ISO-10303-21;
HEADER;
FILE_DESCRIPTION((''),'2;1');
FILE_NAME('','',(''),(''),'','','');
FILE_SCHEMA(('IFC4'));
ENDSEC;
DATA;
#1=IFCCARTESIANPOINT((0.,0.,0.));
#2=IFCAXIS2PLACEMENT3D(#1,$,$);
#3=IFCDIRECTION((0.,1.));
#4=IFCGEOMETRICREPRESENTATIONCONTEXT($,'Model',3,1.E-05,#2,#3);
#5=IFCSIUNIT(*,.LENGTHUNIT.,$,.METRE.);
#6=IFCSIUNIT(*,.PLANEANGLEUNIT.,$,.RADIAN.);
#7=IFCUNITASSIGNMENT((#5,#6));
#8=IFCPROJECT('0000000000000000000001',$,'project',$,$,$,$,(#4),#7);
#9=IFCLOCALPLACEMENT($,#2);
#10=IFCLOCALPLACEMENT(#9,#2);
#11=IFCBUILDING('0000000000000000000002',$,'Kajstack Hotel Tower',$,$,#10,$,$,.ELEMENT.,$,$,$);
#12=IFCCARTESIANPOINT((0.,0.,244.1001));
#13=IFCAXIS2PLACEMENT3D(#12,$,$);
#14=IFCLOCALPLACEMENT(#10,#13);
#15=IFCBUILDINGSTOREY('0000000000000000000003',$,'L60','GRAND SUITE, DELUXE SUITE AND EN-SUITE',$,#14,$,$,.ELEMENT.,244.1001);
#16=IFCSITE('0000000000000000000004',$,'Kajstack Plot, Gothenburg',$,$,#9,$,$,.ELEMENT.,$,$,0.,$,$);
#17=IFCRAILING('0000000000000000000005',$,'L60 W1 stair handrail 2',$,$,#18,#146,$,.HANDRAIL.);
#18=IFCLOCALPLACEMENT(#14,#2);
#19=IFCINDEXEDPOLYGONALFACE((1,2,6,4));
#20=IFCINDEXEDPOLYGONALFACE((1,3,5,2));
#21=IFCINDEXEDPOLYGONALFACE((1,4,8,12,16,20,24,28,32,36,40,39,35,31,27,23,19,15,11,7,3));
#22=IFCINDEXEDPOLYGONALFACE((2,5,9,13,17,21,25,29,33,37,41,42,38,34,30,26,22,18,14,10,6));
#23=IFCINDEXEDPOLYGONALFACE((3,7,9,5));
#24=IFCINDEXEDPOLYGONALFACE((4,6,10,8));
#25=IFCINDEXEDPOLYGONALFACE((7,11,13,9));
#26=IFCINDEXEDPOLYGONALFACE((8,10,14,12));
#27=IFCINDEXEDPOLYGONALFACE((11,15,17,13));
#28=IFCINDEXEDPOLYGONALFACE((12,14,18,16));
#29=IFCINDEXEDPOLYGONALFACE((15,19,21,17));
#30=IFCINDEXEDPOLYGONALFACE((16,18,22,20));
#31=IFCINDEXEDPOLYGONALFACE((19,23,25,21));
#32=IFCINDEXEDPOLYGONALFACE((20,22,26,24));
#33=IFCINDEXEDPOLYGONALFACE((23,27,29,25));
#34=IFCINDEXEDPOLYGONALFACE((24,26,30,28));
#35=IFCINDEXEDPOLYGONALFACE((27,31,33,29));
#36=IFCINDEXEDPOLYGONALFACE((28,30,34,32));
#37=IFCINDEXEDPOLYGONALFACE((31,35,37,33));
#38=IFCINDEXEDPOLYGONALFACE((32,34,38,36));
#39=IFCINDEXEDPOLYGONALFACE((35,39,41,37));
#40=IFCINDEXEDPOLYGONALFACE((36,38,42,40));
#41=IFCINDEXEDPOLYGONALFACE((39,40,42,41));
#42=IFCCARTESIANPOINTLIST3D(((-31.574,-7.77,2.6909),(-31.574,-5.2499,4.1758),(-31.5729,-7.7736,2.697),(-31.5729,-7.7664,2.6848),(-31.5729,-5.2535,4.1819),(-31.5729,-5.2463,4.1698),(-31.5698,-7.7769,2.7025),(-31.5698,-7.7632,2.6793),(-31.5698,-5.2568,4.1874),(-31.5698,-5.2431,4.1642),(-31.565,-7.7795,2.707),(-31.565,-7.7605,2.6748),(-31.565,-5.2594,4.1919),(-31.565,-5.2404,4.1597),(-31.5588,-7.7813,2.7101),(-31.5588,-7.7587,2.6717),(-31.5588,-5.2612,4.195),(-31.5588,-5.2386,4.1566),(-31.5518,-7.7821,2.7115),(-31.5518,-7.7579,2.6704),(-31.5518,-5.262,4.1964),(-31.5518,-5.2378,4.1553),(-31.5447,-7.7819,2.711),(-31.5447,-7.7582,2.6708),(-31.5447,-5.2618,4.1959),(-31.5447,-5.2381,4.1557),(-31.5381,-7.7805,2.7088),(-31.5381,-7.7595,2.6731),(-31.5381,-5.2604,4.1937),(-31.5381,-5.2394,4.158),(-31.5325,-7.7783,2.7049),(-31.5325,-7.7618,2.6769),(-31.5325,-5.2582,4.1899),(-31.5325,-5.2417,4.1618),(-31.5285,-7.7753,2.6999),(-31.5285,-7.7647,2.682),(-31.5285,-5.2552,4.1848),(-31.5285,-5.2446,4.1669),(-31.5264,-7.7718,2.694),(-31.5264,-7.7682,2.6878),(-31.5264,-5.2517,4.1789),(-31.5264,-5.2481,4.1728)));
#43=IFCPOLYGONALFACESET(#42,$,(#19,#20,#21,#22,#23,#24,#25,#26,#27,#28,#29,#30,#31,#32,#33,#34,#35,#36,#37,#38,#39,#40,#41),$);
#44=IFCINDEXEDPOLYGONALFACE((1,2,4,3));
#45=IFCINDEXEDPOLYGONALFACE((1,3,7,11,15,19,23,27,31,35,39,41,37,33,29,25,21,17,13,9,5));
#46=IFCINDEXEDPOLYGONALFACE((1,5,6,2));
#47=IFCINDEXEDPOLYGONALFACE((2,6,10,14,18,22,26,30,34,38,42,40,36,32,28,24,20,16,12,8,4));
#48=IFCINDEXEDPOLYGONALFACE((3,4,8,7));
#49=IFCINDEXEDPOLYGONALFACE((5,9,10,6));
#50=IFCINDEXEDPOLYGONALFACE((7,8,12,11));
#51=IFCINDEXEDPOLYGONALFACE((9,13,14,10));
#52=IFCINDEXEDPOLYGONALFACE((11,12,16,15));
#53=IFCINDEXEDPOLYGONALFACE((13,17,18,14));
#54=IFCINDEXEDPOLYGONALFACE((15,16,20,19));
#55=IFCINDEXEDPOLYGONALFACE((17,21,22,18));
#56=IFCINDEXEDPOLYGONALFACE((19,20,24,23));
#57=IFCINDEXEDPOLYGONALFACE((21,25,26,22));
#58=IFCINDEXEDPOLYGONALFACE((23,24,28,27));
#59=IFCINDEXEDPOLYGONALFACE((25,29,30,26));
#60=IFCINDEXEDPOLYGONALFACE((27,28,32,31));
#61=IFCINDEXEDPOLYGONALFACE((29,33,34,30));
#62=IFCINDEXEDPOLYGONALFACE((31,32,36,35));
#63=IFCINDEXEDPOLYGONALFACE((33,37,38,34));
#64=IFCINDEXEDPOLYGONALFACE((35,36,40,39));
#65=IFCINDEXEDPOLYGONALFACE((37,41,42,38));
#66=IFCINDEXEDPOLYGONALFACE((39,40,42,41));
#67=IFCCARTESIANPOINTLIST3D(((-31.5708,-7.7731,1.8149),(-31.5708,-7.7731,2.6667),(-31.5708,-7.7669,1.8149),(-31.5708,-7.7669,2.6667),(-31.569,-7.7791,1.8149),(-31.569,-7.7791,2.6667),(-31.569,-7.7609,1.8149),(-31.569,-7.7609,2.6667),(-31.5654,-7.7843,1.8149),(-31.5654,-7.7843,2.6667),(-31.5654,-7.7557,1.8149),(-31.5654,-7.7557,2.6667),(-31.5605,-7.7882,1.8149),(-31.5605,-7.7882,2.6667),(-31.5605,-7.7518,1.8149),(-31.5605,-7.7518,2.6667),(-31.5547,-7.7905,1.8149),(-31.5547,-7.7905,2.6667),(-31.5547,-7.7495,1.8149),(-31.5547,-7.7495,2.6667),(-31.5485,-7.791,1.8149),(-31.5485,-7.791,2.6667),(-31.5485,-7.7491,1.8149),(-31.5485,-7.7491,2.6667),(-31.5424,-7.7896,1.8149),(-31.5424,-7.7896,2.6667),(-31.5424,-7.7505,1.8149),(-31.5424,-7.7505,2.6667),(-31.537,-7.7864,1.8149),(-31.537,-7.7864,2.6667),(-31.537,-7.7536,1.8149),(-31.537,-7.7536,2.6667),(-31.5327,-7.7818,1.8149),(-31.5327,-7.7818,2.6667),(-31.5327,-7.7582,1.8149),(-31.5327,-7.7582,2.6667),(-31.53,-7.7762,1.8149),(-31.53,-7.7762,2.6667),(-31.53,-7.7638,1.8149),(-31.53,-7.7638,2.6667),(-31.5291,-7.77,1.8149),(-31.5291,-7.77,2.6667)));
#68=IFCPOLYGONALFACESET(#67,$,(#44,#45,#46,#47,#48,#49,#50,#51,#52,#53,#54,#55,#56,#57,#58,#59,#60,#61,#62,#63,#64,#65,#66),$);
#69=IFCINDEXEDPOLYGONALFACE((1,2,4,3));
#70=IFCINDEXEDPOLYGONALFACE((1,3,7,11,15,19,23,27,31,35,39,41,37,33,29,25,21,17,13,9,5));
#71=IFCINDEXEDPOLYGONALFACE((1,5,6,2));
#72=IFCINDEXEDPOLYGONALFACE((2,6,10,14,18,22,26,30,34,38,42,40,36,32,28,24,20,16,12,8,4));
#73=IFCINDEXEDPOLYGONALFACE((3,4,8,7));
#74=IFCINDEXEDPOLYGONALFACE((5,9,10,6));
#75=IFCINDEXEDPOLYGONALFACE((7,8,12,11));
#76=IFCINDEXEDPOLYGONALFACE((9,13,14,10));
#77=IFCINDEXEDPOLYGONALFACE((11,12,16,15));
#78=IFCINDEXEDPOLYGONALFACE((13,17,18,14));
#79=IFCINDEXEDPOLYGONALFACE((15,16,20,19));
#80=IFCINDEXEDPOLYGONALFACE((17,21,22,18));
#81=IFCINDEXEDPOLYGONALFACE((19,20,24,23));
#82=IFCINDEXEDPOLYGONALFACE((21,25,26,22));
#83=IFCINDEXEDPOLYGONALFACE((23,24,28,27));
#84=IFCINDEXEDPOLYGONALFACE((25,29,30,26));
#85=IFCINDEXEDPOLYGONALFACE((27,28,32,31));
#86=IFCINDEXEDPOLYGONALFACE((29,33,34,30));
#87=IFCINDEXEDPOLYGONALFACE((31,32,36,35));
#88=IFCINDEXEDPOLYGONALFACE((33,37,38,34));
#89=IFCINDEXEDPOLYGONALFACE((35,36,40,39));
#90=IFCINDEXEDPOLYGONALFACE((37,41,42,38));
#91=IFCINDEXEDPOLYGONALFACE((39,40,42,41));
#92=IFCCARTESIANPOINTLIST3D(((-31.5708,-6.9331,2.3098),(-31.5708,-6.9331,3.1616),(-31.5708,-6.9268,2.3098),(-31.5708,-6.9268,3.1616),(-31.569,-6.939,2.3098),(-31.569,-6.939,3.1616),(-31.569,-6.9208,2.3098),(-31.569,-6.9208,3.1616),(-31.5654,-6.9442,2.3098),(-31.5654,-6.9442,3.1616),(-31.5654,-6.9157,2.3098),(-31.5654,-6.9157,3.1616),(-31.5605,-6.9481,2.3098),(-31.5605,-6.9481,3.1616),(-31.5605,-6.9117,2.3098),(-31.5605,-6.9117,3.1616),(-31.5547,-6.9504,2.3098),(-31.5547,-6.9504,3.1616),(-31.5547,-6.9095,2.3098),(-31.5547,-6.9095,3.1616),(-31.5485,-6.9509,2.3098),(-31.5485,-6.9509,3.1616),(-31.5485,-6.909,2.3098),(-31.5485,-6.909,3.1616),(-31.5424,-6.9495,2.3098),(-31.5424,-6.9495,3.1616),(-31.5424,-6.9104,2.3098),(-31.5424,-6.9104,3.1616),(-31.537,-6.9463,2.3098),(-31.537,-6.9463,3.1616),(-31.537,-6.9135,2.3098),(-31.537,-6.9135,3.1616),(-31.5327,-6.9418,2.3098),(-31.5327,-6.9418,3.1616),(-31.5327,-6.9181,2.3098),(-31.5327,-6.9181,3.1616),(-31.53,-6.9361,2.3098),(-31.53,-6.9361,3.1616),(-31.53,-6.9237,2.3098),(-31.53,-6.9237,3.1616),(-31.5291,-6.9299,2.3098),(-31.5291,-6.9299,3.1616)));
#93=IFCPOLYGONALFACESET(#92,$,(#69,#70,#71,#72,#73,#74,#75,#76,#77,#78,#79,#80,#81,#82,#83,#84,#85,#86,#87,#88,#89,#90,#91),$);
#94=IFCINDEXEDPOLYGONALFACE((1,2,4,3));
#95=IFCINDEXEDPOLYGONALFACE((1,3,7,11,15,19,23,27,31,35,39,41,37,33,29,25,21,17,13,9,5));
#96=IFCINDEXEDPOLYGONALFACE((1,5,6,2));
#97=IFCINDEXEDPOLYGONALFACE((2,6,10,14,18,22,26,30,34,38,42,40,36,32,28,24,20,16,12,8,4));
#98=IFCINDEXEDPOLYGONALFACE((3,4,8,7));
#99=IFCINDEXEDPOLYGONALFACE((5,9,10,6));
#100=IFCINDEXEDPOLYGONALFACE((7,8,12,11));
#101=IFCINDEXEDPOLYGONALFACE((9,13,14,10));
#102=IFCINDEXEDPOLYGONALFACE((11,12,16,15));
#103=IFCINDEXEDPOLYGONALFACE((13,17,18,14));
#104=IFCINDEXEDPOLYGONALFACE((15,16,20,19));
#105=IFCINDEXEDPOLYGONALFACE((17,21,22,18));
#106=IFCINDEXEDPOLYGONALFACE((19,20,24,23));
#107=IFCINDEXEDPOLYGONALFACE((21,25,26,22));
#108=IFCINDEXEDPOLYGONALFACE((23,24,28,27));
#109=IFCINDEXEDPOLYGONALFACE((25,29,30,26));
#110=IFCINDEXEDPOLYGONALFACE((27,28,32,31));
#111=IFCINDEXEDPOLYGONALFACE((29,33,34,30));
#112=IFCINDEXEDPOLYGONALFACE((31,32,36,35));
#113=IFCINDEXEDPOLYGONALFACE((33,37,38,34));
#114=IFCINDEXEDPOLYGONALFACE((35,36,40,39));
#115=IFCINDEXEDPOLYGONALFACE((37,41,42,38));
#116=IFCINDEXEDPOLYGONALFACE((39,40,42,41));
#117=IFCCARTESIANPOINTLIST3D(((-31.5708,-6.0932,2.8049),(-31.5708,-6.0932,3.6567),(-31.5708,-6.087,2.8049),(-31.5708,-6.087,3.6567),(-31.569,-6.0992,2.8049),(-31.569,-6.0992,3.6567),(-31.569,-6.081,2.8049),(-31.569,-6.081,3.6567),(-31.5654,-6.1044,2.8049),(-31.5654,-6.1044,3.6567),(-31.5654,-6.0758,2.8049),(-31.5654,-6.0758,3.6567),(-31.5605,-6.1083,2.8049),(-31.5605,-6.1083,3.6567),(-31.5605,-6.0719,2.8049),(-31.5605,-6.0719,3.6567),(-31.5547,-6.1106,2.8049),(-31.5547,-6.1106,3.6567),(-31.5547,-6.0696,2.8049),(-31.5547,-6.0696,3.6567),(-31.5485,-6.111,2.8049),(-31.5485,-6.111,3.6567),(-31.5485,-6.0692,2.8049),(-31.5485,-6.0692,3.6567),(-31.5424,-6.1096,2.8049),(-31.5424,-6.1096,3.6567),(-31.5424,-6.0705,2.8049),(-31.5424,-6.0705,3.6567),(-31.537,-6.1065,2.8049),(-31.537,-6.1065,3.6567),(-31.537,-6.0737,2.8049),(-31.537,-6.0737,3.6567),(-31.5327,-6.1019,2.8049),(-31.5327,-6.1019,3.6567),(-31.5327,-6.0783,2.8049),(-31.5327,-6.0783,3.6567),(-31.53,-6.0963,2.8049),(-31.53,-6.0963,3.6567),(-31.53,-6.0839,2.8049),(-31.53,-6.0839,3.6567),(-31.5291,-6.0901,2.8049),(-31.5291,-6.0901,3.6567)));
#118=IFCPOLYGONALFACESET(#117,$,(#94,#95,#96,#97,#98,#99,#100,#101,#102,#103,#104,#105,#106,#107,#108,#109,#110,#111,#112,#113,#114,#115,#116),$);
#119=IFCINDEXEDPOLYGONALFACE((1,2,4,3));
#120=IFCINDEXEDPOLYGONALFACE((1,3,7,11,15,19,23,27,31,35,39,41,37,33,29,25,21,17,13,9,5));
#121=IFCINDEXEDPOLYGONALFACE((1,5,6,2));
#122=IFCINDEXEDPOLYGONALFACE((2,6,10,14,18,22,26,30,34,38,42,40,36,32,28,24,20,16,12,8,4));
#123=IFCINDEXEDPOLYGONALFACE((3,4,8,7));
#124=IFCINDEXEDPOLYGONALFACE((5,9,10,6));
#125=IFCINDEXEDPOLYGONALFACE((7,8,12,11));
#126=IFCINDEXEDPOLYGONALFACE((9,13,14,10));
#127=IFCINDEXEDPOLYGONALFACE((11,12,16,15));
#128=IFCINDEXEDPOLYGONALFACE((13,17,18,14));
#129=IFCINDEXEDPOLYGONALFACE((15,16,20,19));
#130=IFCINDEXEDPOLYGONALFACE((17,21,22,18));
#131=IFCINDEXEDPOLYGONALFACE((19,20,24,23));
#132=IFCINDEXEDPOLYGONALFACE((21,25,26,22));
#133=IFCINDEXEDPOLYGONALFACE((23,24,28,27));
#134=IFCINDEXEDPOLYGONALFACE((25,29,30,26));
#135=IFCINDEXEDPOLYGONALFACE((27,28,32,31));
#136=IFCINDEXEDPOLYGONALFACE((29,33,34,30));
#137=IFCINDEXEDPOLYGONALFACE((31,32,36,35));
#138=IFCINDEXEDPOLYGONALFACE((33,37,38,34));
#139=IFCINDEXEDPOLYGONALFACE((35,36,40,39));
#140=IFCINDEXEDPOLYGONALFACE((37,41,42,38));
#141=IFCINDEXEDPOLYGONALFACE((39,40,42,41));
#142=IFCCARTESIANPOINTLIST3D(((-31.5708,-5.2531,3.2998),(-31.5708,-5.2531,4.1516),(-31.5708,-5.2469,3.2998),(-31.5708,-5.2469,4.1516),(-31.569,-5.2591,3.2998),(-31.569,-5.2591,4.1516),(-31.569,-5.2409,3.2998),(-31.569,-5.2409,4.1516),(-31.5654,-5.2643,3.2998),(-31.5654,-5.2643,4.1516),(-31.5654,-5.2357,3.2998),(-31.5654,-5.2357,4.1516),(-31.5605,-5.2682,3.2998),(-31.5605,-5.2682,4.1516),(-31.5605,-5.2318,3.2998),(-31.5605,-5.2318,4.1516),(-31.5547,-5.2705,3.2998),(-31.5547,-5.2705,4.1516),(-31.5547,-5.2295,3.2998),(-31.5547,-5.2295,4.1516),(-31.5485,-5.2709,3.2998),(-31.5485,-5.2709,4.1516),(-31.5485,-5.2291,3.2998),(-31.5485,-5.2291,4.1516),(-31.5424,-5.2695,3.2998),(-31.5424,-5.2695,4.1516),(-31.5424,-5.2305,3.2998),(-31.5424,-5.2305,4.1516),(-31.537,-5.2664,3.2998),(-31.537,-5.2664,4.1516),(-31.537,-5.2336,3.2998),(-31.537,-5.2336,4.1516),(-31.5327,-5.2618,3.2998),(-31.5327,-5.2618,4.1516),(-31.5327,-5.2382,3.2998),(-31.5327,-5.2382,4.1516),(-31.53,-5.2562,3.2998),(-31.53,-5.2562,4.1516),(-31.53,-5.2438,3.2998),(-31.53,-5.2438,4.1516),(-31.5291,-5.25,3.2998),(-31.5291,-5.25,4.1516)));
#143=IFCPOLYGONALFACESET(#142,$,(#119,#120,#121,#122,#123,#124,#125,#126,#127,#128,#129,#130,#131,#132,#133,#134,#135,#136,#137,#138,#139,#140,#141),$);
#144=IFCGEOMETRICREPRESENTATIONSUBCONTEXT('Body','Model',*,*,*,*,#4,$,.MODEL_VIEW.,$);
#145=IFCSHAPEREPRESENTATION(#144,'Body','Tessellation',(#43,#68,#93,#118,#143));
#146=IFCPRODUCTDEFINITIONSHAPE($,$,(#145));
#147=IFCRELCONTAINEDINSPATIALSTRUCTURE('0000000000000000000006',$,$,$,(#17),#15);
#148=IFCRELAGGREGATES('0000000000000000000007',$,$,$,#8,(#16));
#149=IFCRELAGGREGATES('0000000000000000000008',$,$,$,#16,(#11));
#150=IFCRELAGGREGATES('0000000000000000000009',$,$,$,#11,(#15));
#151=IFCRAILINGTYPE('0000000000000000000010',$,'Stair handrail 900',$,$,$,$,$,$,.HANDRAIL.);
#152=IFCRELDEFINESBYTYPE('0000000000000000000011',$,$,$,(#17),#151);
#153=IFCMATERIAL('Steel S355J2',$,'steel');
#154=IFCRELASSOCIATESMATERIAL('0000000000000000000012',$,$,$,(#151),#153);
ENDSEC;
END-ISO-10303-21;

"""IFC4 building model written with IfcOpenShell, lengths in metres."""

from ifc_helpers import new_model, si_unit, direction, frame, origin, origin_2d, place, context, subcontext, project, spatial, circle, extrude, material, type_object, element, save


model = new_model("IFC4")

# Units and contexts
model_context = context("Model", 3, precision=1e-05, world=origin(), true_north=direction((0.0, 1.0)))
body_context = subcontext(model_context, "Body", "Model", "MODEL_VIEW")
ifc_project = project(units=[si_unit("LENGTHUNIT", "METRE"), si_unit("PLANEANGLEUNIT", "RADIAN")], contexts=[model_context])

# Site, building, storey
site_placement = place(None, origin())
site = spatial("IfcSite", under=ifc_project, at=site_placement, Name="Kajstack Plot, Gothenburg", CompositionType="ELEMENT", RefElevation=0.0)
building_placement = place(site_placement, origin())
building = spatial("IfcBuilding", under=site, at=building_placement, Name="Kajstack Hotel Tower", CompositionType="ELEMENT")
storey_placement = place(building_placement, frame((0.0, 0.0, 244.1001)))
storey = spatial("IfcBuildingStorey", under=building, at=storey_placement, Name="L60", Description="GRAND SUITE, DELUXE SUITE AND EN-SUITE", CompositionType="ELEMENT", Elevation=244.1001)

# Railing
ifc_material_1 = material(Name="Steel S355J2", Category="steel")
railing_type_1 = type_object("IfcRailingType", Name="Stair handrail 900", PredefinedType="HANDRAIL", material=ifc_material_1)
railing_1_placement = place(storey_placement, frame((-31.55, -7.77, 1.8149)))
element("IfcRailing", 1, at=railing_1_placement, inside=storey, type_object=railing_type_1, Name="L60 W1 stair handrail 2", PredefinedType="HANDRAIL", context=body_context, shape_type="SweptSolid", body=[
    extrude(circle(Radius=0.0239, at=origin_2d()), frame((0.0, 0.0, 0.876), z_axis=(0.0, 0.861561, 0.507655), x_axis=(-1.0, 0.0, 0.0)), (0.0, 0.0, 1.0), 2.925),
    extrude(circle(Radius=0.021, at=origin_2d()), origin(), (0.0, 0.0, 1.0), 0.8518),
    extrude(circle(Radius=0.021, at=origin_2d()), frame((0.0, 0.8401, 0.4949)), (0.0, 0.0, 1.0), 0.8518),
    extrude(circle(Radius=0.021, at=origin_2d()), frame((0.0, 1.6799, 0.99)), (0.0, 0.0, 1.0), 0.8518),
    extrude(circle(Radius=0.021, at=origin_2d()), frame((0.0, 2.52, 1.4849)), (0.0, 0.0, 1.0), 0.8518),
])

save(model, "model.ifc")
